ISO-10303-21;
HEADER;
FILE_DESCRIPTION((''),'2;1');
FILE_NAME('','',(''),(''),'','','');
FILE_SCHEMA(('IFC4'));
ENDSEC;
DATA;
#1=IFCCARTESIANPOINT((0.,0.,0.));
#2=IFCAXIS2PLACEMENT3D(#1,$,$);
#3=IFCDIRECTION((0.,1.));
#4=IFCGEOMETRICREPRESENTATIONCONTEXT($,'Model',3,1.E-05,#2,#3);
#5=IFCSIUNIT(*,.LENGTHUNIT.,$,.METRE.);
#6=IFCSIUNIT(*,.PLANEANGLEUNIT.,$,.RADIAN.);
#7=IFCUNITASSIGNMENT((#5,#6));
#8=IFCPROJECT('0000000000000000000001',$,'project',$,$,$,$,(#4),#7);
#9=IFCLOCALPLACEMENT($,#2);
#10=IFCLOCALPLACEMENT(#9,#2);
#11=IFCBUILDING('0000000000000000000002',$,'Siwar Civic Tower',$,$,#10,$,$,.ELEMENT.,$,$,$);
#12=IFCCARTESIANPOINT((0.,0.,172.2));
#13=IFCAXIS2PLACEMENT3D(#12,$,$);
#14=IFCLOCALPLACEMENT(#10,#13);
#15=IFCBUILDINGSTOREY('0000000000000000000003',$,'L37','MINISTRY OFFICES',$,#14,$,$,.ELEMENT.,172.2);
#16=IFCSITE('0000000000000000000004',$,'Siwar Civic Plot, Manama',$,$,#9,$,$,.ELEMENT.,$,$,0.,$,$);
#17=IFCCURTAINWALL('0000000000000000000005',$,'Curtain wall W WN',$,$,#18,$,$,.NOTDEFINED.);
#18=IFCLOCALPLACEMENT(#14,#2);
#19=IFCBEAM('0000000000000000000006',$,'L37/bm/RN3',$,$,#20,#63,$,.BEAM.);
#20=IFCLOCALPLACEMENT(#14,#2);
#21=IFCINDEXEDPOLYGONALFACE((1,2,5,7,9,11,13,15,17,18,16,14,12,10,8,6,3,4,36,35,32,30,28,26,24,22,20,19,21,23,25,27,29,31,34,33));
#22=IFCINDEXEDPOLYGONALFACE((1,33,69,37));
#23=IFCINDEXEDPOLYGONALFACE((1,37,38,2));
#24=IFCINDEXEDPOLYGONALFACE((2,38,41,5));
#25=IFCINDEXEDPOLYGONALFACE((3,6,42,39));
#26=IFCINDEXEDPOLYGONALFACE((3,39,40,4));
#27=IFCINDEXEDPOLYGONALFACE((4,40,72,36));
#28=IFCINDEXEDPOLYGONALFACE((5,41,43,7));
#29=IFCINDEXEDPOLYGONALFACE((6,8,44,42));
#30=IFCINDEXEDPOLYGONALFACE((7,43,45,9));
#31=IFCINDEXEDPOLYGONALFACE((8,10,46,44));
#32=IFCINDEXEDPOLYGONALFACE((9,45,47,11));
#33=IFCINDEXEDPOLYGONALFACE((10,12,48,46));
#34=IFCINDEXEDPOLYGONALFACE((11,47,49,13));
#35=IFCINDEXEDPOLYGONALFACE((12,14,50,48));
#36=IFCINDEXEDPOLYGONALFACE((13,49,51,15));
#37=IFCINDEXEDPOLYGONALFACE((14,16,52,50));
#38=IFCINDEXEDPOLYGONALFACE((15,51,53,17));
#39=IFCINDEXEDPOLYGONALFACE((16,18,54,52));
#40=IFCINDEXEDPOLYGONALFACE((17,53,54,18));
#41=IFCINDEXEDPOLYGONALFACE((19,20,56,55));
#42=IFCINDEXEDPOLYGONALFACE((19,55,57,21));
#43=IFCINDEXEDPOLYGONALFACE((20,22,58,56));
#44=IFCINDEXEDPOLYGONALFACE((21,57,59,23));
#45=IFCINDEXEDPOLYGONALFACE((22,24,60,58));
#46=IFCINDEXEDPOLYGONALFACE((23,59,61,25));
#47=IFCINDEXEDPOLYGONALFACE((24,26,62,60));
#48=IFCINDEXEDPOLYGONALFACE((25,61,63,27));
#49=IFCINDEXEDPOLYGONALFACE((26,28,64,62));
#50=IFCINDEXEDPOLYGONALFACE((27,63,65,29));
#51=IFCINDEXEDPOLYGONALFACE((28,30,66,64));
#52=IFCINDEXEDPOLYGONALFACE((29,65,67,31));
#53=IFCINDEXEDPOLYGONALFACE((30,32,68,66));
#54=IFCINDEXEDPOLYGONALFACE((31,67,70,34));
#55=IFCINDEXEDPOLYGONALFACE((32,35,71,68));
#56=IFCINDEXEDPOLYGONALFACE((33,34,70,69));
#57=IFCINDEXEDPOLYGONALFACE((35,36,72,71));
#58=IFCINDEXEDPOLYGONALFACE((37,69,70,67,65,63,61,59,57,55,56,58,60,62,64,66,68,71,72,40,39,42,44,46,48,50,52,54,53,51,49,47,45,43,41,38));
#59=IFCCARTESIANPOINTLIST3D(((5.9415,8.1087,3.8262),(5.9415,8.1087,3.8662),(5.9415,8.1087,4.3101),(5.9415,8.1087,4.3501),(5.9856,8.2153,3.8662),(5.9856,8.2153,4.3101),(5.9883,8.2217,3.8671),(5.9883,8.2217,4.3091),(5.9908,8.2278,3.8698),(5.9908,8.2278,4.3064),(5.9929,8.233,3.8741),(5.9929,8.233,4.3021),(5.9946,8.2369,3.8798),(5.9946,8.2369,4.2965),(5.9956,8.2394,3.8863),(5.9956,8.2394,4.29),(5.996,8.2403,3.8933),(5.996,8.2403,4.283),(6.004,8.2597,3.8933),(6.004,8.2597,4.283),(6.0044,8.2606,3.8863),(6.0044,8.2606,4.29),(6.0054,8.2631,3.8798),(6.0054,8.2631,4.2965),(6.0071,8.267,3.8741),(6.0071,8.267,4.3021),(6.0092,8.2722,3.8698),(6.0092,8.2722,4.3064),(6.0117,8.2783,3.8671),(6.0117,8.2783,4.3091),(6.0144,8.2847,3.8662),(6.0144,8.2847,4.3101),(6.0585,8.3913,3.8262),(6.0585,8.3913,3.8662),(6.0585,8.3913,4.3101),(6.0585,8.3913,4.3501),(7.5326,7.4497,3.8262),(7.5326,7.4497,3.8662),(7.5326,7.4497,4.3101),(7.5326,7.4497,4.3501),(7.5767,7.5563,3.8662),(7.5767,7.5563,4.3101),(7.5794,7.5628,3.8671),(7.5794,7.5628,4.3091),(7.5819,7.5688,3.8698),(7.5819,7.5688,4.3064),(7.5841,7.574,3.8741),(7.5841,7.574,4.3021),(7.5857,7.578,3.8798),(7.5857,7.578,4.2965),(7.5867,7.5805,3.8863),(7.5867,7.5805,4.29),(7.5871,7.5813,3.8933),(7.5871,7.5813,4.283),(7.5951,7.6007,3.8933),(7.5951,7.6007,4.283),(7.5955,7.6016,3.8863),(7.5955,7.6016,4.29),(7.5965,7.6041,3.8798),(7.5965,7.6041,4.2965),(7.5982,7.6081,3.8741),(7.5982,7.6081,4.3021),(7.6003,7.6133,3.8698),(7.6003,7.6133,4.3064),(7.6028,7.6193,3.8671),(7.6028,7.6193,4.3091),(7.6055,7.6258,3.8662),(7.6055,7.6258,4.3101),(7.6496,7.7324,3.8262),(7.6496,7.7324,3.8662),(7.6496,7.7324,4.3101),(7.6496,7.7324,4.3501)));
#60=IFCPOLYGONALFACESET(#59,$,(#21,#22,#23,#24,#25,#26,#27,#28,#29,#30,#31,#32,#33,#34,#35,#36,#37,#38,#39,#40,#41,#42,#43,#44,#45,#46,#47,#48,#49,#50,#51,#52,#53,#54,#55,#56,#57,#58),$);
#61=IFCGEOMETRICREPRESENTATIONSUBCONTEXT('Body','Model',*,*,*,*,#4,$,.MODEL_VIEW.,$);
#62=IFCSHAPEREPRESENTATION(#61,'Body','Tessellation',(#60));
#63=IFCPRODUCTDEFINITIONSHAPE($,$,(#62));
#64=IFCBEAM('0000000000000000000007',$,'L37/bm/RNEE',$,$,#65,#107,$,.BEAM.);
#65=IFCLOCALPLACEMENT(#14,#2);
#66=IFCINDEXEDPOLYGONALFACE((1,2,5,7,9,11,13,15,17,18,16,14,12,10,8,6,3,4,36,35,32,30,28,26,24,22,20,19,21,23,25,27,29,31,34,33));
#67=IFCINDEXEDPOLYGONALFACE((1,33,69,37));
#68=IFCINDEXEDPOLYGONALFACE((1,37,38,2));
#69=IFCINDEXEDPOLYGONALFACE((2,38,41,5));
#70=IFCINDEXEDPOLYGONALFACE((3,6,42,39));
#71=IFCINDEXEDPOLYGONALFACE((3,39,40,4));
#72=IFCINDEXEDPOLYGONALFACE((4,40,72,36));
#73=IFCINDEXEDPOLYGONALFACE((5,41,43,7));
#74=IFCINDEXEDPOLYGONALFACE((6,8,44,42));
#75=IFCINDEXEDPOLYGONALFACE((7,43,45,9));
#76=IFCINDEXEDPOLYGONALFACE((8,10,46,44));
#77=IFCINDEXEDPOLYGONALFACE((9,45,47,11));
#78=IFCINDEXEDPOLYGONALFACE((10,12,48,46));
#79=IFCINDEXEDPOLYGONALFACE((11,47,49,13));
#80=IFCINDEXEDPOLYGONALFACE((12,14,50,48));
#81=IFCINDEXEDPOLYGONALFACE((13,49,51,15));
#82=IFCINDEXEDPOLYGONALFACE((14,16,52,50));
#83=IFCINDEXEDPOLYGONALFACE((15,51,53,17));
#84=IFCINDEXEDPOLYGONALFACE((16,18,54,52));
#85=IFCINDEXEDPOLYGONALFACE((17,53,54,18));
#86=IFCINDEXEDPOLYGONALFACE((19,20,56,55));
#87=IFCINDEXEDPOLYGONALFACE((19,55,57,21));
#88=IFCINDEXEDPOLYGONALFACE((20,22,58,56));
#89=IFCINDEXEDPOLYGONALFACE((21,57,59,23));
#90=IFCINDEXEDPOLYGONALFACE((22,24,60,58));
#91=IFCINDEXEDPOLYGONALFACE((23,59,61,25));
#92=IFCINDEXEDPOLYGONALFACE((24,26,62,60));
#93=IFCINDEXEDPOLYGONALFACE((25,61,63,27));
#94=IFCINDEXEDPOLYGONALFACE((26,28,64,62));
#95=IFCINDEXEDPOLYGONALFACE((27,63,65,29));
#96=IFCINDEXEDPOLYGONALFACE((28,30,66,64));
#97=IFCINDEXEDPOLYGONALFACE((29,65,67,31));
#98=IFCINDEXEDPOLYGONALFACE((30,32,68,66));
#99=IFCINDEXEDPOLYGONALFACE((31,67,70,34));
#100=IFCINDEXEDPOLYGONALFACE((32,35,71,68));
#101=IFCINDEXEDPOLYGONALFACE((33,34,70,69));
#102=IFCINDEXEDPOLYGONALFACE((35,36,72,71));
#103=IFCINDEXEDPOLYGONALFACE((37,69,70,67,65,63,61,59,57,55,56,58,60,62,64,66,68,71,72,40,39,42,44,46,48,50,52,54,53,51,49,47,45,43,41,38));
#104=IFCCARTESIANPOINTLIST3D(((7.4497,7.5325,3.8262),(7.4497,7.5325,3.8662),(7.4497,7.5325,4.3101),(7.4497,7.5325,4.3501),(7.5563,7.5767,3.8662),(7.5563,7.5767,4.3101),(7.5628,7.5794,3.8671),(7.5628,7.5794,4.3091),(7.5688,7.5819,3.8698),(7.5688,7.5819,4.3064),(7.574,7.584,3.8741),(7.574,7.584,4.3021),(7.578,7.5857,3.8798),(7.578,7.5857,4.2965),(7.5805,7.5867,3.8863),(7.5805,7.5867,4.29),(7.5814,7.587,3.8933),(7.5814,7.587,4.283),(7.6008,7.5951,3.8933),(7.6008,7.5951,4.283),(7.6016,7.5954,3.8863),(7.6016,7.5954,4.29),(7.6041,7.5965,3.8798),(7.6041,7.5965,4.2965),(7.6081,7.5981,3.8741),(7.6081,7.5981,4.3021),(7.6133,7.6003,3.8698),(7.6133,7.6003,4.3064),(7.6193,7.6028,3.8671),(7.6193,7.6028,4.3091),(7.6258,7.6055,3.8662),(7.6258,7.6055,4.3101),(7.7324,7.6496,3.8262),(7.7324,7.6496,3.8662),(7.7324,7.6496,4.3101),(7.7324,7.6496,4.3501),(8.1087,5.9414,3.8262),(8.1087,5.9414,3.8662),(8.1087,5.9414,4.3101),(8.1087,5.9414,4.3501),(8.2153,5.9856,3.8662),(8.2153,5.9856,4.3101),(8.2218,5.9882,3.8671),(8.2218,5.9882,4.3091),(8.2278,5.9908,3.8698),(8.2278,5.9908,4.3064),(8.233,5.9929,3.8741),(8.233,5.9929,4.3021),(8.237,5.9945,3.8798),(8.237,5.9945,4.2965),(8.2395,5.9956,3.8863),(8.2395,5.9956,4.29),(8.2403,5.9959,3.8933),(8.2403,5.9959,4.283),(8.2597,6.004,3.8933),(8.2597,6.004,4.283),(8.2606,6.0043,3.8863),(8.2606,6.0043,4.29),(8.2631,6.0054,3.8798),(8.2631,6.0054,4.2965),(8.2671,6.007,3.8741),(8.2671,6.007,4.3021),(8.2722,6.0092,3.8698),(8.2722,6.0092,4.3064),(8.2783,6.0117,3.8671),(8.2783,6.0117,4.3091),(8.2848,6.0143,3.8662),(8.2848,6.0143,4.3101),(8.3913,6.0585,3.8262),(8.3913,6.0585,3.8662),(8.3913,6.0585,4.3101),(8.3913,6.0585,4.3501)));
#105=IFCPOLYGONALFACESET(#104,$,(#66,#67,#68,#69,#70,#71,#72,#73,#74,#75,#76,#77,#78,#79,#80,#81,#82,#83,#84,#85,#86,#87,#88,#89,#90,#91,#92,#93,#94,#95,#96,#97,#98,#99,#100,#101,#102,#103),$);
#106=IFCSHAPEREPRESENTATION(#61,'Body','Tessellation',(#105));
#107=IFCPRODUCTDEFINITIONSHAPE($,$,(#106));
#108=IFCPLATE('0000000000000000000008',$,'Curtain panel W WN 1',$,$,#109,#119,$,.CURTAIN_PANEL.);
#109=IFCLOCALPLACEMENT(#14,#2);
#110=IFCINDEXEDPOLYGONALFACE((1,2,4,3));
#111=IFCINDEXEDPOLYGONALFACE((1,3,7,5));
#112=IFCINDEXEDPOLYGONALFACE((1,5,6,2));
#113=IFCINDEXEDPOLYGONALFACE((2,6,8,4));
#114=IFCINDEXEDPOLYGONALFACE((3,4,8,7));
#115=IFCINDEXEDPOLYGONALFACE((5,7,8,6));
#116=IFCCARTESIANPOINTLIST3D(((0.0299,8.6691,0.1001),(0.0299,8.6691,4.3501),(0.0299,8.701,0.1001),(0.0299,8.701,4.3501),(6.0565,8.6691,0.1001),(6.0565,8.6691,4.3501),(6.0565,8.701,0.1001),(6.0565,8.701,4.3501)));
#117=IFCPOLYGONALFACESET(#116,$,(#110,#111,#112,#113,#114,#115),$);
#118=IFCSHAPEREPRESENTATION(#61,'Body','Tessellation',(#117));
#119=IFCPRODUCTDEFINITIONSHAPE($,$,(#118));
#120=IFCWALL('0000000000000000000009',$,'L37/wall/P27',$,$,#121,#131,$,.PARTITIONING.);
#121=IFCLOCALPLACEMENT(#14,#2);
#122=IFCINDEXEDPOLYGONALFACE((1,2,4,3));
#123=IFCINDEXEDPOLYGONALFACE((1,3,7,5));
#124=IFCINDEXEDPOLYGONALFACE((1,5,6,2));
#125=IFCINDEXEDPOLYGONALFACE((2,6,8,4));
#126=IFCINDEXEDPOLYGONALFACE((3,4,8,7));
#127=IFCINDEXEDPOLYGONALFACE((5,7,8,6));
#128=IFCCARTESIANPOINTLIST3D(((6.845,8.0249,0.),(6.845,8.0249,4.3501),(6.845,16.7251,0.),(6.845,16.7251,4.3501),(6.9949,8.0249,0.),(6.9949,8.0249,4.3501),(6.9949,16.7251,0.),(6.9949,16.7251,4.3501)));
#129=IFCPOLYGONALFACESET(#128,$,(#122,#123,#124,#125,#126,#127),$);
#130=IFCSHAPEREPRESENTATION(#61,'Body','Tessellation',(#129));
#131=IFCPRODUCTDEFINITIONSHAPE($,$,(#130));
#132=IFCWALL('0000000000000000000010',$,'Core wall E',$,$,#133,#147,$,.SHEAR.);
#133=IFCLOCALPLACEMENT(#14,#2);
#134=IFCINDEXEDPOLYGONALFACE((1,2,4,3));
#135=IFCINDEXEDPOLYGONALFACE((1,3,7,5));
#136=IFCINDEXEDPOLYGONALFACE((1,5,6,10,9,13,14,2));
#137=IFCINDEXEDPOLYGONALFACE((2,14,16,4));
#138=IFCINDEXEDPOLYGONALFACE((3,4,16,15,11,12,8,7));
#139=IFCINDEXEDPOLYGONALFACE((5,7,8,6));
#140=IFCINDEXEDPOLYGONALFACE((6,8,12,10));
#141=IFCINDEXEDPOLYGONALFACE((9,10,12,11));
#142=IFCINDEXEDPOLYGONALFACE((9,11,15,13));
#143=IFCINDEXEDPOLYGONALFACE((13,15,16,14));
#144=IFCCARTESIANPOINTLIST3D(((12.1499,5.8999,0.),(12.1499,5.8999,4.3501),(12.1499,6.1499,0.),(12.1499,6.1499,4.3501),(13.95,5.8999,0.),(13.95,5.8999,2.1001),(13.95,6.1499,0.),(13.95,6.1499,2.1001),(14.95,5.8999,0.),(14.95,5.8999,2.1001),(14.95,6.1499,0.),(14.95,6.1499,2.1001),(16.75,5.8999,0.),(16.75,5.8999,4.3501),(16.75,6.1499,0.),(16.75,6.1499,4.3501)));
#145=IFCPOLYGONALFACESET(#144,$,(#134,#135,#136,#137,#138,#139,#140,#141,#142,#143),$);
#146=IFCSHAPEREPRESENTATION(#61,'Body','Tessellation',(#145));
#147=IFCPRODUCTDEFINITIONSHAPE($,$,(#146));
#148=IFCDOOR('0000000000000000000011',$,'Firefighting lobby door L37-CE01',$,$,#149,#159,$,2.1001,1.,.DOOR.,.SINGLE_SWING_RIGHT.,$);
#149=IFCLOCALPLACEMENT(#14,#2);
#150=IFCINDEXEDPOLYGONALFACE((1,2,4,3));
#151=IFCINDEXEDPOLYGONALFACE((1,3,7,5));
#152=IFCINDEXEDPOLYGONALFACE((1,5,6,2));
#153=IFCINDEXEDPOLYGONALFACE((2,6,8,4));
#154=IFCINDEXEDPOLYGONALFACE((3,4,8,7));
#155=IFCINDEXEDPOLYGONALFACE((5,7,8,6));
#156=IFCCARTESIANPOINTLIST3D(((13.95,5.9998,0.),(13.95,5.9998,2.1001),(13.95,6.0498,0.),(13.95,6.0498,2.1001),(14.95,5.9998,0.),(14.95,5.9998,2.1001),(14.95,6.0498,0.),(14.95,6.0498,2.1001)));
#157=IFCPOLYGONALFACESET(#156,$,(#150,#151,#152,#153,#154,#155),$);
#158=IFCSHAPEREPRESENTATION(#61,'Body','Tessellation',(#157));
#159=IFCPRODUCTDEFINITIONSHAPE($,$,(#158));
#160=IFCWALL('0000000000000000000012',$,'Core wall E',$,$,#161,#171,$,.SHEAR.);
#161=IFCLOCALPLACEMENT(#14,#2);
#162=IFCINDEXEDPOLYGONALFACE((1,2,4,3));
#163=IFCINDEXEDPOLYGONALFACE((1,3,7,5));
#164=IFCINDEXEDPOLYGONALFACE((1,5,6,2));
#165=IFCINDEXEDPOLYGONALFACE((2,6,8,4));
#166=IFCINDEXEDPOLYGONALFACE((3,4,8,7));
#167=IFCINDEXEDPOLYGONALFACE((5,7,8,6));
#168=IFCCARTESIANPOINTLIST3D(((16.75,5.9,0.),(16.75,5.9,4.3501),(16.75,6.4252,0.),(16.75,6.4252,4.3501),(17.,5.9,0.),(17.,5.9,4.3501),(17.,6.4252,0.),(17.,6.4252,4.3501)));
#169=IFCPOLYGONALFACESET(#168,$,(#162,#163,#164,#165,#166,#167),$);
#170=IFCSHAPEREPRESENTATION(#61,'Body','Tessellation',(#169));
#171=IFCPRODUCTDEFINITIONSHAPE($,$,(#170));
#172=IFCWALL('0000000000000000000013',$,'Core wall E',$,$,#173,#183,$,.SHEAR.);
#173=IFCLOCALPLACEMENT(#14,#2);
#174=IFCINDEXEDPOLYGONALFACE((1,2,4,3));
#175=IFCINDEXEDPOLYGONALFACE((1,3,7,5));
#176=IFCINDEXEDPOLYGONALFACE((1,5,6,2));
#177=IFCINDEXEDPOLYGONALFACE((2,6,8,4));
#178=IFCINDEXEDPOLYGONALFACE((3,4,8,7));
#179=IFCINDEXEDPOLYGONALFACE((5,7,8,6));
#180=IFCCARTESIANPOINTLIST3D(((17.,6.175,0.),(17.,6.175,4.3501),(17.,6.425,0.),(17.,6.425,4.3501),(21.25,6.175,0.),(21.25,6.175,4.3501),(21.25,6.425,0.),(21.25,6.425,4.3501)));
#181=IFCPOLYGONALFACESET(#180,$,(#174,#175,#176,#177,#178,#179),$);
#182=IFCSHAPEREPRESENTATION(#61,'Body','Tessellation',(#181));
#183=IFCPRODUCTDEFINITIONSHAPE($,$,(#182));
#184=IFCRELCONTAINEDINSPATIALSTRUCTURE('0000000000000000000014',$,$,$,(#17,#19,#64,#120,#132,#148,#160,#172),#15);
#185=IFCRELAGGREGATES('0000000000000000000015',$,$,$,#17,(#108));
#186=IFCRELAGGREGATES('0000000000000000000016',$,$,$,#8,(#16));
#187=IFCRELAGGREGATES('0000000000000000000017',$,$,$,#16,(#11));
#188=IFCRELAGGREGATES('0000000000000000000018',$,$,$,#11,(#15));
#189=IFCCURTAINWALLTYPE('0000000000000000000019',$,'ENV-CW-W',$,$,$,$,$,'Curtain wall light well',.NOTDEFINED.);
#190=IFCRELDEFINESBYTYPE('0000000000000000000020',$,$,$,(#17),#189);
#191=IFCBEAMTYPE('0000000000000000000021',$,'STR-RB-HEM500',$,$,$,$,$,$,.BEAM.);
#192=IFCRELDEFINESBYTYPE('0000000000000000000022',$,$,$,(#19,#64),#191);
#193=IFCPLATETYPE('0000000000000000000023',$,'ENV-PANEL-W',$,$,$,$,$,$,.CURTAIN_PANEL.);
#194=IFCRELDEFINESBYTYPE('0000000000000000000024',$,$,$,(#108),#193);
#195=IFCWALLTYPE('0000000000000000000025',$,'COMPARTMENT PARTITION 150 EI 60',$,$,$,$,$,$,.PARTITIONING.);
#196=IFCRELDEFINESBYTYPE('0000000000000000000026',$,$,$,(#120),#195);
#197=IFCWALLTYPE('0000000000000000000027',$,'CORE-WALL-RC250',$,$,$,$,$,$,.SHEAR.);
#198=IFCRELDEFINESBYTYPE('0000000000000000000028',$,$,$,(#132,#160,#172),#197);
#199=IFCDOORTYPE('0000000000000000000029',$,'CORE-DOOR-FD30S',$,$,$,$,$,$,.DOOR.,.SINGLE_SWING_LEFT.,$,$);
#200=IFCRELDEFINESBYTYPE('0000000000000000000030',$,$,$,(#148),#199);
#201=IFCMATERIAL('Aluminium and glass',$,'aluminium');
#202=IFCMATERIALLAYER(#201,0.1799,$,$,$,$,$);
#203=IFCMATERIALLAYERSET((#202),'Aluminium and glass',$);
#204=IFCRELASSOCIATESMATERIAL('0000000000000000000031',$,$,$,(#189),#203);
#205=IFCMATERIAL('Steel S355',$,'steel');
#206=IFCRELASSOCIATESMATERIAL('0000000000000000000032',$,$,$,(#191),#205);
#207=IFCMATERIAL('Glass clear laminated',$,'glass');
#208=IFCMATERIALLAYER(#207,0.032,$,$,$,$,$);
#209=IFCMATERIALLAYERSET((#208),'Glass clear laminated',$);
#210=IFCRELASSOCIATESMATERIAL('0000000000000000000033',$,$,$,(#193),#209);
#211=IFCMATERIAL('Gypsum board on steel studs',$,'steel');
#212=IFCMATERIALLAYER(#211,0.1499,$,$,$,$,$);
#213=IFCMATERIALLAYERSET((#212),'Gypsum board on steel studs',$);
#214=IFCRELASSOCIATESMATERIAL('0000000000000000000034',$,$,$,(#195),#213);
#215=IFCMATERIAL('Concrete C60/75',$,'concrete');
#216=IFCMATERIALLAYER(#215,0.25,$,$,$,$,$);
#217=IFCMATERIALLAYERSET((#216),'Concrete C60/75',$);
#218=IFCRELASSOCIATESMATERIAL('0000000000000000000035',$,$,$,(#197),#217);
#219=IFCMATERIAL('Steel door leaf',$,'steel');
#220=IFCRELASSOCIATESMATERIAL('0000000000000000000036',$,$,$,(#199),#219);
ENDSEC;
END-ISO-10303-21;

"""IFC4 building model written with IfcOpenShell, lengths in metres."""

from ifc_helpers import new_model, si_unit, direction, frame, frame_2d, origin, origin_2d, place, context, subcontext, project, spatial, rectangle, i_section, extrude, material, layer, layer_set, material_profile, profile_set, type_object, element, fill, aggregate, save


model = new_model("IFC4")

# Units and contexts
model_context = context("Model", 3, precision=1e-05, world=origin(), true_north=direction((0.0, 1.0)))
body_context = subcontext(model_context, "Body", "Model", "MODEL_VIEW")
ifc_project = project(units=[si_unit("LENGTHUNIT", "METRE"), si_unit("PLANEANGLEUNIT", "RADIAN")], contexts=[model_context])

# Site, building, storey
site_placement = place(None, origin())
site = spatial("IfcSite", under=ifc_project, at=site_placement, Name="Siwar Civic Plot, Manama", CompositionType="ELEMENT", RefElevation=0.0)
building_placement = place(site_placement, origin())
building = spatial("IfcBuilding", under=site, at=building_placement, Name="Siwar Civic Tower", CompositionType="ELEMENT")
storey_placement = place(building_placement, frame((0.0, 0.0, 172.2)))
storey = spatial("IfcBuildingStorey", under=building, at=storey_placement, Name="L37", Description="MINISTRY OFFICES", CompositionType="ELEMENT", Elevation=172.2)

# Curtain wall
ifc_material_1 = material(Name="Aluminium and glass", Category="aluminium")
ifc_layer_1 = layer(ifc_material_1, 0.1799)
ifc_layer_set_1 = layer_set([ifc_layer_1], Name="Aluminium and glass")
curtain_wall_type = type_object("IfcCurtainWallType", Name="ENV-CW-W", ElementType="Curtain wall light well", PredefinedType="NOTDEFINED", material=ifc_layer_set_1)
curtain_wall_placement = place(storey_placement, origin())
curtain_wall = element("IfcCurtainWall", 1, at=curtain_wall_placement, inside=storey, type_object=curtain_wall_type, Name="Curtain wall W WN", PredefinedType="NOTDEFINED")

# Beams
ifc_material_2 = material(Name="Steel S355", Category="steel")
ifc_material_profile_1 = material_profile(ifc_material_2, i_section(OverallWidth=0.3059, OverallDepth=0.5239, WebThickness=0.021, FlangeThickness=0.04, FilletRadius=0.0271, at=origin_2d()), Name="HEM500")
ifc_profile_set_1 = profile_set([ifc_material_profile_1], Name="Steel S355")
beam_type_1 = type_object("IfcBeamType", Name="STR-RB-HEM500", PredefinedType="BEAM", material=ifc_profile_set_1)
for number, where, z_axis, x_axis, name in (
    (2, (6.0, 8.25, 4.0881), (0.923901, -0.382631, 0.0), (0.382631, 0.923901, 0.0), "L37/bm/RN3"),
    (3, (7.5911, 7.5911, 4.0881), (0.382631, -0.923901, 0.0), (0.923901, 0.382631, 0.0), "L37/bm/RNEE"),
):
    element("IfcBeam", number, at=place(storey_placement, frame(where, z_axis=z_axis, x_axis=x_axis)), inside=storey, type_object=beam_type_1, Name=name, PredefinedType="BEAM", context=body_context, shape_type="SweptSolid", body=[
        extrude(i_section(OverallWidth=0.3059, OverallDepth=0.5239, WebThickness=0.021, FlangeThickness=0.04, FilletRadius=0.0271, at=origin_2d()), origin(), (0.0, 0.0, 1.0), 1.7222),
    ])

# Plate
ifc_material_3 = material(Name="Glass clear laminated", Category="glass")
ifc_layer_2 = layer(ifc_material_3, 0.032)
ifc_layer_set_2 = layer_set([ifc_layer_2], Name="Glass clear laminated")
plate_type = type_object("IfcPlateType", Name="ENV-PANEL-W", PredefinedType="CURTAIN_PANEL", material=ifc_layer_set_2)
plate_placement = place(storey_placement, frame((3.0432, 8.6851, 0.1001), z_axis=(0.0, 0.0, 1.0), x_axis=(-1.0, 0.0, 0.0)))
plate = element("IfcPlate", 4, at=plate_placement, type_object=plate_type, Name="Curtain panel W WN 1", PredefinedType="CURTAIN_PANEL", context=body_context, shape_type="SweptSolid", body=[
    extrude(rectangle(XDim=6.0266, YDim=0.032, at=origin_2d()), origin(), (0.0, 0.0, 1.0), 4.25),
])
aggregate(curtain_wall, [plate])

# Wall
ifc_material_4 = material(Name="Gypsum board on steel studs", Category="steel")
ifc_layer_3 = layer(ifc_material_4, 0.1499)
ifc_layer_set_3 = layer_set([ifc_layer_3], Name="Gypsum board on steel studs")
wall_type_1 = type_object("IfcWallType", Name="COMPARTMENT PARTITION 150 EI 60", PredefinedType="PARTITIONING", material=ifc_layer_set_3)
wall_1_placement = place(storey_placement, frame((6.9199, 8.0249, 0.0), z_axis=(0.0, 0.0, 1.0), x_axis=(0.0, 1.0, 0.0)))
element("IfcWall", 5, at=wall_1_placement, inside=storey, type_object=wall_type_1, Name="L37/wall/P27", PredefinedType="PARTITIONING", context=body_context, shape_type="SweptSolid", body=[
    extrude(rectangle(XDim=8.7002, YDim=0.1499, at=frame_2d((4.3501, 0.0))), origin(), (0.0, 0.0, 1.0), 4.3501),
])

# Wall, opening, door
ifc_material_5 = material(Name="Concrete C60/75", Category="concrete")
ifc_layer_4 = layer(ifc_material_5, 0.25)
ifc_layer_set_4 = layer_set([ifc_layer_4], Name="Concrete C60/75")
wall_type_2 = type_object("IfcWallType", Name="CORE-WALL-RC250", PredefinedType="SHEAR", material=ifc_layer_set_4)
wall_2_placement = place(storey_placement, frame((12.1499, 6.0249, 0.0), z_axis=(0.0, 0.0, 1.0), x_axis=(1.0, 0.0, 0.0)))
wall_2 = element("IfcWall", 6, at=wall_2_placement, inside=storey, type_object=wall_type_2, Name="Core wall E", PredefinedType="SHEAR", context=body_context, shape_type="SweptSolid", body=[
    extrude(rectangle(XDim=4.6001, YDim=0.25, at=frame_2d((2.3, 0.0))), origin(), (0.0, 0.0, 1.0), 4.3501),
])
opening_1_placement = place(wall_2_placement, frame((1.8, 0.0, 0.0)))
opening_1 = element("IfcOpeningElement", 7, at=opening_1_placement, cuts=wall_2, PredefinedType="OPENING", context=body_context, shape_type="SweptSolid", body=[
    extrude(rectangle(XDim=1.0, YDim=2.1001, at=frame_2d((0.5, 1.05))), frame((0.0, 0.135, 0.0), z_axis=(0.0, -1.0, 0.0), x_axis=(1.0, 0.0, 0.0)), (0.0, 0.0, 1.0), 0.27),
])
ifc_material_6 = material(Name="Steel door leaf", Category="steel")
door_type_1 = type_object("IfcDoorType", Name="CORE-DOOR-FD30S", OperationType="SINGLE_SWING_LEFT", PredefinedType="DOOR", material=ifc_material_6)
door_1_placement = place(opening_1_placement, origin())
door_1 = element("IfcDoor", 8, at=door_1_placement, inside=storey, type_object=door_type_1, Name="Firefighting lobby door L37-CE01", OperationType="SINGLE_SWING_RIGHT", OverallHeight=2.1001, OverallWidth=1.0, PredefinedType="DOOR", context=body_context, shape_type="SweptSolid", body=[
    extrude(rectangle(XDim=1.0, YDim=2.1001, at=frame_2d((0.5, 1.05))), frame((0.0, 0.0249, 0.0), z_axis=(0.0, -1.0, 0.0), x_axis=(1.0, 0.0, 0.0)), (0.0, 0.0, 1.0), 0.05),
])
fill(opening_1, door_1)

# Walls
wall_3_placement = place(storey_placement, frame((16.875, 5.8999, 0.0), z_axis=(0.0, 0.0, 1.0), x_axis=(0.0, 1.0, 0.0)))
element("IfcWall", 9, at=wall_3_placement, inside=storey, type_object=wall_type_2, Name="Core wall E", PredefinedType="SHEAR", context=body_context, shape_type="SweptSolid", body=[
    extrude(rectangle(XDim=0.5251, YDim=0.25, at=frame_2d((0.2627, 0.0))), origin(), (0.0, 0.0, 1.0), 4.3501),
])
wall_4_placement = place(storey_placement, frame((17.0, 6.3, 0.0), z_axis=(0.0, 0.0, 1.0), x_axis=(1.0, 0.0, 0.0)))
element("IfcWall", 10, at=wall_4_placement, inside=storey, type_object=wall_type_2, Name="Core wall E", PredefinedType="SHEAR", context=body_context, shape_type="SweptSolid", body=[
    extrude(rectangle(XDim=4.25, YDim=0.25, at=frame_2d((2.125, 0.0))), origin(), (0.0, 0.0, 1.0), 4.3501),
])

save(model, "model.ifc")
